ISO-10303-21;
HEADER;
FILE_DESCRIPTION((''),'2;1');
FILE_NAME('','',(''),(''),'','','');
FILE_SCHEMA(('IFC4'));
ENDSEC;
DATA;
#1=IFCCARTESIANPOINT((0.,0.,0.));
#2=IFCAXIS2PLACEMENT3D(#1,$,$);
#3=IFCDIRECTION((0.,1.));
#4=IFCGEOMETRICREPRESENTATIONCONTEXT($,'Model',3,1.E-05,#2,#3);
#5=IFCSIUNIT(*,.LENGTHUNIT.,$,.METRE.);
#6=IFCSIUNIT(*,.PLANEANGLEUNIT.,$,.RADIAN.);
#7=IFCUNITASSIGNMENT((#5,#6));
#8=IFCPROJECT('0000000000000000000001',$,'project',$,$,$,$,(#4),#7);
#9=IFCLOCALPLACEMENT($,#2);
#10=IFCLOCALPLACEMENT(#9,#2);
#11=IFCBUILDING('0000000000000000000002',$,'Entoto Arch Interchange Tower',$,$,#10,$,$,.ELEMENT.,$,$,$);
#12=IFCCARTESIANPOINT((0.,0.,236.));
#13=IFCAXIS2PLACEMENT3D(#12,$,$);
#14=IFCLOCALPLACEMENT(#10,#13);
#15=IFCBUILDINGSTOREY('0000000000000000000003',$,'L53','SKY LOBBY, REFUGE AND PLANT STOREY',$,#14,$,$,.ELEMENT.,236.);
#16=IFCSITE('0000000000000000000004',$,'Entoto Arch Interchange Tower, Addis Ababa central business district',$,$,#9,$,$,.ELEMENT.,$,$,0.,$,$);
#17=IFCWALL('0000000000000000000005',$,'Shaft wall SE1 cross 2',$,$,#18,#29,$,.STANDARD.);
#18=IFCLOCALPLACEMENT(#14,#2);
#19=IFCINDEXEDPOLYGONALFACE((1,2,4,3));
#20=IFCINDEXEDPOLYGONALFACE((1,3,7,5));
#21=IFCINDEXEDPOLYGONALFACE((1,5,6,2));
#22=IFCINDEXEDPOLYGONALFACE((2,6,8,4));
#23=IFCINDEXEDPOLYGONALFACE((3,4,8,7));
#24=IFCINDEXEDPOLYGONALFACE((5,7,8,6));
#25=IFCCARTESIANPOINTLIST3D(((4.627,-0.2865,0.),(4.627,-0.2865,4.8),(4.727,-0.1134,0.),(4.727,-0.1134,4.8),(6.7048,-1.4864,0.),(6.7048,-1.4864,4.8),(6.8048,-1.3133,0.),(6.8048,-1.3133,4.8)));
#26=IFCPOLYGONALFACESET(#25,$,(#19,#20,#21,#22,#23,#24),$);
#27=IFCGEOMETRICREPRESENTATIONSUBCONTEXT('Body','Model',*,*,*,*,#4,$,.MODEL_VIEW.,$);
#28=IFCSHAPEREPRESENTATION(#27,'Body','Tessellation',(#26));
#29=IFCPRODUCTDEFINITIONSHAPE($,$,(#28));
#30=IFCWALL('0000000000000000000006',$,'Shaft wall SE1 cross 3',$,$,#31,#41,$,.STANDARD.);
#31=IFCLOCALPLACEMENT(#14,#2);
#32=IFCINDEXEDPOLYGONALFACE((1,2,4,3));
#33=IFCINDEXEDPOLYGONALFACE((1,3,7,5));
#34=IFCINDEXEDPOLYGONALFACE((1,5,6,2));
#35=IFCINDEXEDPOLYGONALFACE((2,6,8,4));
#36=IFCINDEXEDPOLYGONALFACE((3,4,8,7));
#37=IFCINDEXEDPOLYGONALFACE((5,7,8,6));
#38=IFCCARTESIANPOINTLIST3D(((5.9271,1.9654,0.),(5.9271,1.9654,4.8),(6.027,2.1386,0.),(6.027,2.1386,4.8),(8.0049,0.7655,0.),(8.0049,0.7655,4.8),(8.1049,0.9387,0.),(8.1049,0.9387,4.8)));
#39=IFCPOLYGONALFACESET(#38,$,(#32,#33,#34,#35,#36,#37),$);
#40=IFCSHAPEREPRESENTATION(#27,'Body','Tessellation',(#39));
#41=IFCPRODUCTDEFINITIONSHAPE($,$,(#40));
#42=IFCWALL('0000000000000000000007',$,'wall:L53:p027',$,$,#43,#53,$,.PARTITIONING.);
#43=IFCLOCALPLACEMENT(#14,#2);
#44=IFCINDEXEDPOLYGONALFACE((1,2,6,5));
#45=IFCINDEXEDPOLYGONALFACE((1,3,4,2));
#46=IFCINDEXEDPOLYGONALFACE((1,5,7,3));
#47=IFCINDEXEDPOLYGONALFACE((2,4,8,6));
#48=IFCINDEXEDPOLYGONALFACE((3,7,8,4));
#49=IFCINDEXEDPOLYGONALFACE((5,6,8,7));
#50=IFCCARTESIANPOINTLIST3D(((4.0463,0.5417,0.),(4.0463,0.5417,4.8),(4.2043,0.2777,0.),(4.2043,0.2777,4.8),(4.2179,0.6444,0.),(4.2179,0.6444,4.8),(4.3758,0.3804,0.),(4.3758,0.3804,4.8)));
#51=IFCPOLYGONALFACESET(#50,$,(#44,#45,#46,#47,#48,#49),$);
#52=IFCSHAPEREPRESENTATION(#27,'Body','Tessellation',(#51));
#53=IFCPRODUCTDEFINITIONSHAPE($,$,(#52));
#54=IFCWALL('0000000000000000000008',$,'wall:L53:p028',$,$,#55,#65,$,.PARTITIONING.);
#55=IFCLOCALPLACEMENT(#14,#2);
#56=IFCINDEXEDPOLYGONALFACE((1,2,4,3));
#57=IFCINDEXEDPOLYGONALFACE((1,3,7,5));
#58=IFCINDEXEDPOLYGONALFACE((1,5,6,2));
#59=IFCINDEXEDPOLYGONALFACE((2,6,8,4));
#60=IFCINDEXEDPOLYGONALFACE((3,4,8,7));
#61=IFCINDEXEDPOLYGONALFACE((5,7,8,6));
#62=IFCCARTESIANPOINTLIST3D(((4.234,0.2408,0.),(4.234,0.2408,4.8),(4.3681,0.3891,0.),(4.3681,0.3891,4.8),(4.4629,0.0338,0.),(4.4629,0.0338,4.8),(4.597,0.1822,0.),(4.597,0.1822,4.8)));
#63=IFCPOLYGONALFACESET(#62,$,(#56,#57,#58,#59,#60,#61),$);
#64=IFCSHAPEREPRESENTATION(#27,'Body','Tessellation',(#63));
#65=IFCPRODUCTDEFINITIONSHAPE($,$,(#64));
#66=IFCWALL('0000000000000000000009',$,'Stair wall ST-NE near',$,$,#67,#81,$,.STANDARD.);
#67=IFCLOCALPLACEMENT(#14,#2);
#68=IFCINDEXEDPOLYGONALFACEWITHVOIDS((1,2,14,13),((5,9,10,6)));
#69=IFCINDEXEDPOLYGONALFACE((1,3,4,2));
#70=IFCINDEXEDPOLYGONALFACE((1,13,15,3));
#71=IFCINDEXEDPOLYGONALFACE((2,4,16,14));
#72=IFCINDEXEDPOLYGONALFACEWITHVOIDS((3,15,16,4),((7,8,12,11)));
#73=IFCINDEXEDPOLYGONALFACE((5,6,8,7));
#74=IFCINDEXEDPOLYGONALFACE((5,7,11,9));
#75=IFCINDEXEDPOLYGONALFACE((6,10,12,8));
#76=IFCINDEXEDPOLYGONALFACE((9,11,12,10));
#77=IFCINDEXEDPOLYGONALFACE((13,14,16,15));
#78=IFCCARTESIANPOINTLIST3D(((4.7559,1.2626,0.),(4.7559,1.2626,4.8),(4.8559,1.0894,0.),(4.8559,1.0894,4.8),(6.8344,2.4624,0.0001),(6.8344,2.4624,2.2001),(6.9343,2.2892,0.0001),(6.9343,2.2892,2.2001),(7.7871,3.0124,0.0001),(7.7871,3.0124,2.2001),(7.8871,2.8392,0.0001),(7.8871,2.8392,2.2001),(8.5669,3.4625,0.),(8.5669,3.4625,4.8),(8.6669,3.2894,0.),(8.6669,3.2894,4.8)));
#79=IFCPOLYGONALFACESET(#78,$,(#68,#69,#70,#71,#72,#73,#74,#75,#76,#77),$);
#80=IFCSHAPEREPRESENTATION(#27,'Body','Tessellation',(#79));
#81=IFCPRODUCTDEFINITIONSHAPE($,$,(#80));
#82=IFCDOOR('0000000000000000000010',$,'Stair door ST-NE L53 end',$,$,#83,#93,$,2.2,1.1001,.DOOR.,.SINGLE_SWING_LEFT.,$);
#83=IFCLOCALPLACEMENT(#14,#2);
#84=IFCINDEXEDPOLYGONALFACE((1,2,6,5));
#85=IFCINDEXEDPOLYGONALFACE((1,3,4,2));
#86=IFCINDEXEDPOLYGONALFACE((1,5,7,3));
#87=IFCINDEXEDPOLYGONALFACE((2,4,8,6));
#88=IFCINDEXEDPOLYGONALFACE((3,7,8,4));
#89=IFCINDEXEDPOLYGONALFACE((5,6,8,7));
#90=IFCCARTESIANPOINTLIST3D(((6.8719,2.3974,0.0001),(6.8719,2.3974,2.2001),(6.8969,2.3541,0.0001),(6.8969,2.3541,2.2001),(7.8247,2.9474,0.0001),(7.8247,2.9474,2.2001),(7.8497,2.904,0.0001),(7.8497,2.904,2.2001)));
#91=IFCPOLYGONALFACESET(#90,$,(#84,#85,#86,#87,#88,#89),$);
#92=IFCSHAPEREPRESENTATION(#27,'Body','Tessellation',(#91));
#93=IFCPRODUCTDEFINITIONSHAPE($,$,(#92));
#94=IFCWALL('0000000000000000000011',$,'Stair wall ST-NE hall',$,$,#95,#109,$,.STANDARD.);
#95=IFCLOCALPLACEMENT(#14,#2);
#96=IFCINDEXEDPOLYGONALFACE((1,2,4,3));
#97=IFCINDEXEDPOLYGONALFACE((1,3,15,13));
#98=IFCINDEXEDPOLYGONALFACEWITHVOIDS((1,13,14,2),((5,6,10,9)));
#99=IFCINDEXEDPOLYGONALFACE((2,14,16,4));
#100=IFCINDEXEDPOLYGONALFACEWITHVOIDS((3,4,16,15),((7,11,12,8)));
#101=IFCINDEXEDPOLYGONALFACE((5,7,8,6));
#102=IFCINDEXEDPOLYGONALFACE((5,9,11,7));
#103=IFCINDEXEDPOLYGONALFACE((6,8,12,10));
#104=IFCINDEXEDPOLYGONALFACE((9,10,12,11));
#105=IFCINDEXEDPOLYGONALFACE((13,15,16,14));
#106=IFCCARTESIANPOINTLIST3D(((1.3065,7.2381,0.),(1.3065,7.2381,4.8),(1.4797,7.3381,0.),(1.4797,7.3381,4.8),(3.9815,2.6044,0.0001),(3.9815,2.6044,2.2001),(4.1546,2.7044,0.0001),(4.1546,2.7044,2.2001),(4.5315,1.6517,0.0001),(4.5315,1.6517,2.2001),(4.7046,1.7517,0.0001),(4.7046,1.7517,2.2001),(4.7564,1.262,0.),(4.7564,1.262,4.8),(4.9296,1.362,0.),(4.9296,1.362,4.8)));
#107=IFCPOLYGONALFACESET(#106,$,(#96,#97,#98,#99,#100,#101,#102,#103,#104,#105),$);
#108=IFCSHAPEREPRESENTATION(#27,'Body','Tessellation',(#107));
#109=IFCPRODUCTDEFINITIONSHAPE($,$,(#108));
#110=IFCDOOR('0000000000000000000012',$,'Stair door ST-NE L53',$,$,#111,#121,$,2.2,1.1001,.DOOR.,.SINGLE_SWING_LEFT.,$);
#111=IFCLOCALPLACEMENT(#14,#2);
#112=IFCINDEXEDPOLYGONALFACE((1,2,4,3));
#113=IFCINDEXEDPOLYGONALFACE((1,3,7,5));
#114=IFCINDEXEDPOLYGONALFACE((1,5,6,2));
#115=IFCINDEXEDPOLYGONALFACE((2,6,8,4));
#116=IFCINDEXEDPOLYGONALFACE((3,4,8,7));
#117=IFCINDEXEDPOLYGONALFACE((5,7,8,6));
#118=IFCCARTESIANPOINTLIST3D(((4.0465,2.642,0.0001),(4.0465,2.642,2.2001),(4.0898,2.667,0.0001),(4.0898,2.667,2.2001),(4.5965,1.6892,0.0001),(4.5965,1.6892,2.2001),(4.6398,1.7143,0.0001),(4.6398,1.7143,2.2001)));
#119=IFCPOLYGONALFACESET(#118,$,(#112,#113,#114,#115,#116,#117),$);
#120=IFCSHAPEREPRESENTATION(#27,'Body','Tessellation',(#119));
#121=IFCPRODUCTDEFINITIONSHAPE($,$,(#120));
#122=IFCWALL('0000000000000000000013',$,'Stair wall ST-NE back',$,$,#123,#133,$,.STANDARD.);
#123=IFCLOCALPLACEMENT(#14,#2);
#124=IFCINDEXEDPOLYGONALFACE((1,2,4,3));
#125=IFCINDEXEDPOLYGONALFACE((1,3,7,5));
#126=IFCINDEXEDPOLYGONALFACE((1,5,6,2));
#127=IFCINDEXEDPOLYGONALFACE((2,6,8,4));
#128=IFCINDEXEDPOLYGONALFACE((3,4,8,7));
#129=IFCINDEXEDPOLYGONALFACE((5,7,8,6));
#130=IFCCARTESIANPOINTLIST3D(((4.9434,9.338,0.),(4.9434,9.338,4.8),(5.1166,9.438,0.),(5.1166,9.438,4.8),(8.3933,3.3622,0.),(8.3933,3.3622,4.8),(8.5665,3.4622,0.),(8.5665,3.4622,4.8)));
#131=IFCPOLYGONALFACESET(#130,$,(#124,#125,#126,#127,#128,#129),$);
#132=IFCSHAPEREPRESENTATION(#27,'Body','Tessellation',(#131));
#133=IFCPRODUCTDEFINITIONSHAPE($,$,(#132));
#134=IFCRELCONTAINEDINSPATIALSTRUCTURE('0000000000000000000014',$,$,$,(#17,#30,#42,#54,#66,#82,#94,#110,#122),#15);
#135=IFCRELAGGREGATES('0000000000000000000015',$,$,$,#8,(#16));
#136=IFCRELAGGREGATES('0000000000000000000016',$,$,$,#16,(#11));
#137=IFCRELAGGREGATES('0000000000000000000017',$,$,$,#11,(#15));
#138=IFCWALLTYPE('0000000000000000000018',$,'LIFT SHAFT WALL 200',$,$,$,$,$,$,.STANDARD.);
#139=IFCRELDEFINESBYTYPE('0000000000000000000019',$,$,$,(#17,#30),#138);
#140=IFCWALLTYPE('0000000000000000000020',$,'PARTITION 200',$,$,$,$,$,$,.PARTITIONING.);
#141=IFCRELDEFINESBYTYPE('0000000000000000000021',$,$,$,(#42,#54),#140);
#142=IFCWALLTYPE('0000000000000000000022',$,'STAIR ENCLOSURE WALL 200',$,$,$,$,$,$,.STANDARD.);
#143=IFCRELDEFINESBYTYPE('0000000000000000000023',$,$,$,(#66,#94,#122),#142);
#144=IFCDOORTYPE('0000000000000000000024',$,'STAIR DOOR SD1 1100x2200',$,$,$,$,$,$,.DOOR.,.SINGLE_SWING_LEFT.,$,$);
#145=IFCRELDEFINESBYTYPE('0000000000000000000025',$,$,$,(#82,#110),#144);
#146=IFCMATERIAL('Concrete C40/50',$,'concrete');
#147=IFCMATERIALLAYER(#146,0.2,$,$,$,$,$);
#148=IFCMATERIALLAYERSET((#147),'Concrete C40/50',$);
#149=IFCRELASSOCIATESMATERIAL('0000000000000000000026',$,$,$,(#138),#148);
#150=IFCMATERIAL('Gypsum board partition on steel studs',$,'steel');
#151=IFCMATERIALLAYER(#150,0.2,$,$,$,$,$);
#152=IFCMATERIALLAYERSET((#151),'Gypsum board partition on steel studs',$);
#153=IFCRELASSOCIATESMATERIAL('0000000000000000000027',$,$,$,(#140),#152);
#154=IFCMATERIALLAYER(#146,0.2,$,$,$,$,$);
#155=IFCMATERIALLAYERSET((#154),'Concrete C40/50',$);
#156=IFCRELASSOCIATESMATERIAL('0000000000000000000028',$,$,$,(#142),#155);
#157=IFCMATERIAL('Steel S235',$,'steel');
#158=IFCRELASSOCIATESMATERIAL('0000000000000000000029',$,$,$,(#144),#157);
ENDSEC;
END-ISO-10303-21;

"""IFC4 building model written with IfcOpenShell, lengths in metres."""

from ifc_helpers import new_model, si_unit, direction, frame, frame_2d, origin, place, context, subcontext, project, spatial, rectangle, extrude, material, layer, layer_set, type_object, element, fill, save


model = new_model("IFC4")

# Units and contexts
model_context = context("Model", 3, precision=1e-05, world=origin(), true_north=direction((0.0, 1.0)))
body_context = subcontext(model_context, "Body", "Model", "MODEL_VIEW")
ifc_project = project(units=[si_unit("LENGTHUNIT", "METRE"), si_unit("PLANEANGLEUNIT", "RADIAN")], contexts=[model_context])

# Site, building, storey
site_placement = place(None, origin())
site = spatial("IfcSite", under=ifc_project, at=site_placement, Name="Entoto Arch Interchange Tower, Addis Ababa central business district", CompositionType="ELEMENT", RefElevation=0.0)
building_placement = place(site_placement, origin())
building = spatial("IfcBuilding", under=site, at=building_placement, Name="Entoto Arch Interchange Tower", CompositionType="ELEMENT")
storey_placement = place(building_placement, frame((0.0, 0.0, 236.0)))
storey = spatial("IfcBuildingStorey", under=building, at=storey_placement, Name="L53", Description="SKY LOBBY, REFUGE AND PLANT STOREY", CompositionType="ELEMENT", Elevation=236.0)

# Walls
ifc_material_1 = material(Name="Concrete C40/50", Category="concrete")
ifc_layer_1 = layer(ifc_material_1, 0.2)
ifc_layer_set_1 = layer_set([ifc_layer_1], Name="Concrete C40/50")
wall_type_1 = type_object("IfcWallType", Name="LIFT SHAFT WALL 200", PredefinedType="STANDARD", material=ifc_layer_set_1)
for number, where, z_axis, x_axis, name in (
    (1, (4.677, -0.2, 0.0), (0.0, 0.0, 1.0), (0.865974, -0.500089, 0.0), "Shaft wall SE1 cross 2"),
    (2, (5.9771, 2.052, 0.0), (0.0, 0.0, 1.0), (0.865974, -0.500089, 0.0), "Shaft wall SE1 cross 3"),
):
    element("IfcWall", number, at=place(storey_placement, frame(where, z_axis=z_axis, x_axis=x_axis)), inside=storey, type_object=wall_type_1, Name=name, PredefinedType="STANDARD", context=body_context, shape_type="SweptSolid", body=[
        extrude(rectangle(XDim=2.3994, YDim=0.2, at=frame_2d((1.1997, 0.0))), origin(), (0.0, 0.0, 1.0), 4.8),
    ])
ifc_material_2 = material(Name="Gypsum board partition on steel studs", Category="steel")
ifc_layer_2 = layer(ifc_material_2, 0.2)
ifc_layer_set_2 = layer_set([ifc_layer_2], Name="Gypsum board partition on steel studs")
wall_type_2 = type_object("IfcWallType", Name="PARTITION 200", PredefinedType="PARTITIONING", material=ifc_layer_set_2)
wall_1_placement = place(storey_placement, frame((4.1321, 0.593, 0.0), z_axis=(0.0, 0.0, 1.0), x_axis=(0.513562, -0.858053, 0.0)))
element("IfcWall", 3, at=wall_1_placement, inside=storey, type_object=wall_type_2, Name="wall:L53:p027", PredefinedType="PARTITIONING", context=body_context, shape_type="SweptSolid", body=[
    extrude(rectangle(XDim=0.3076, YDim=0.2, at=frame_2d((0.1538, 0.0))), origin(), (0.0, 0.0, 1.0), 4.8),
])
wall_2_placement = place(storey_placement, frame((4.301, 0.3149, 0.0), z_axis=(0.0, 0.0, 1.0), x_axis=(0.741798, -0.670623, 0.0)))
element("IfcWall", 4, at=wall_2_placement, inside=storey, type_object=wall_type_2, Name="wall:L53:p028", PredefinedType="PARTITIONING", context=body_context, shape_type="SweptSolid", body=[
    extrude(rectangle(XDim=0.3086, YDim=0.2, at=frame_2d((0.1543, 0.0))), origin(), (0.0, 0.0, 1.0), 4.8),
])

# Walls, openings, doors
ifc_layer_3 = layer(ifc_material_1, 0.2)
ifc_layer_set_3 = layer_set([ifc_layer_3], Name="Concrete C40/50")
wall_type_3 = type_object("IfcWallType", Name="STAIR ENCLOSURE WALL 200", PredefinedType="STANDARD", material=ifc_layer_set_3)
wall_3_placement = place(storey_placement, frame((4.8059, 1.176, 0.0), z_axis=(0.0, 0.0, 1.0), x_axis=(0.86606, 0.49994, 0.0)))
wall_3 = element("IfcWall", 5, at=wall_3_placement, inside=storey, type_object=wall_type_3, Name="Stair wall ST-NE near", PredefinedType="STANDARD", context=body_context, shape_type="SweptSolid", body=[
    extrude(rectangle(XDim=4.4004, YDim=0.2, at=frame_2d((2.2002, 0.0))), origin(), (0.0, 0.0, 1.0), 4.8),
])
opening_1_placement = place(wall_3_placement, frame((2.3999, 0.0, 0.0)))
opening_1 = element("IfcOpeningElement", 6, at=opening_1_placement, cuts=wall_3, PredefinedType="OPENING", context=body_context, shape_type="SweptSolid", body=[
    extrude(rectangle(XDim=1.1001, YDim=2.2, at=frame_2d((0.55, 1.1001))), frame((0.0, 0.1099, 0.0), z_axis=(0.0, -1.0, 0.0), x_axis=(1.0, 0.0, 0.0)), (0.0, 0.0, 1.0), 0.22),
])
ifc_material_3 = material(Name="Steel S235", Category="steel")
door_type = type_object("IfcDoorType", Name="STAIR DOOR SD1 1100x2200", OperationType="SINGLE_SWING_LEFT", PredefinedType="DOOR", material=ifc_material_3)
door_1_placement = place(opening_1_placement, origin())
door_1 = element("IfcDoor", 7, at=door_1_placement, inside=storey, type_object=door_type, Name="Stair door ST-NE L53 end", OperationType="SINGLE_SWING_LEFT", OverallHeight=2.2, OverallWidth=1.1001, PredefinedType="DOOR", context=body_context, shape_type="SweptSolid", body=[
    extrude(rectangle(XDim=1.1001, YDim=2.2, at=frame_2d((0.55, 1.1001))), frame((0.0, 0.0249, 0.0), z_axis=(0.0, -1.0, 0.0), x_axis=(1.0, 0.0, 0.0)), (0.0, 0.0, 1.0), 0.05),
])
fill(opening_1, door_1)
wall_4_placement = place(storey_placement, frame((4.843, 1.312, 0.0), z_axis=(0.0, 0.0, 1.0), x_axis=(-0.499963, 0.866047, 0.0)))
wall_4 = element("IfcWall", 8, at=wall_4_placement, inside=storey, type_object=wall_type_3, Name="Stair wall ST-NE hall", PredefinedType="STANDARD", context=body_context, shape_type="SweptSolid", body=[
    extrude(rectangle(XDim=6.9004, YDim=0.2, at=frame_2d((3.4502, 0.0))), origin(), (0.0, 0.0, 1.0), 4.8),
])
opening_2_placement = place(wall_4_placement, frame((0.45, 0.0, 0.0)))
opening_2 = element("IfcOpeningElement", 9, at=opening_2_placement, cuts=wall_4, PredefinedType="OPENING", context=body_context, shape_type="SweptSolid", body=[
    extrude(rectangle(XDim=1.1001, YDim=2.2, at=frame_2d((0.55, 1.1001))), frame((0.0, 0.1099, 0.0), z_axis=(0.0, -1.0, 0.0), x_axis=(1.0, 0.0, 0.0)), (0.0, 0.0, 1.0), 0.22),
])
door_2_placement = place(opening_2_placement, origin())
door_2 = element("IfcDoor", 10, at=door_2_placement, inside=storey, type_object=door_type, Name="Stair door ST-NE L53", OperationType="SINGLE_SWING_LEFT", OverallHeight=2.2, OverallWidth=1.1001, PredefinedType="DOOR", context=body_context, shape_type="SweptSolid", body=[
    extrude(rectangle(XDim=1.1001, YDim=2.2, at=frame_2d((0.55, 1.1001))), frame((0.0, 0.0249, 0.0), z_axis=(0.0, -1.0, 0.0), x_axis=(1.0, 0.0, 0.0)), (0.0, 0.0, 1.0), 0.05),
])
fill(opening_2, door_2)

# Wall
wall_5_placement = place(storey_placement, frame((8.48, 3.4121, 0.0), z_axis=(0.0, 0.0, 1.0), x_axis=(-0.499979, 0.866038, 0.0)))
element("IfcWall", 11, at=wall_5_placement, inside=storey, type_object=wall_type_3, Name="Stair wall ST-NE back", PredefinedType="STANDARD", context=body_context, shape_type="SweptSolid", body=[
    extrude(rectangle(XDim=6.9001, YDim=0.2, at=frame_2d((3.4502, 0.0))), origin(), (0.0, 0.0, 1.0), 4.8),
])

save(model, "model.ifc")
